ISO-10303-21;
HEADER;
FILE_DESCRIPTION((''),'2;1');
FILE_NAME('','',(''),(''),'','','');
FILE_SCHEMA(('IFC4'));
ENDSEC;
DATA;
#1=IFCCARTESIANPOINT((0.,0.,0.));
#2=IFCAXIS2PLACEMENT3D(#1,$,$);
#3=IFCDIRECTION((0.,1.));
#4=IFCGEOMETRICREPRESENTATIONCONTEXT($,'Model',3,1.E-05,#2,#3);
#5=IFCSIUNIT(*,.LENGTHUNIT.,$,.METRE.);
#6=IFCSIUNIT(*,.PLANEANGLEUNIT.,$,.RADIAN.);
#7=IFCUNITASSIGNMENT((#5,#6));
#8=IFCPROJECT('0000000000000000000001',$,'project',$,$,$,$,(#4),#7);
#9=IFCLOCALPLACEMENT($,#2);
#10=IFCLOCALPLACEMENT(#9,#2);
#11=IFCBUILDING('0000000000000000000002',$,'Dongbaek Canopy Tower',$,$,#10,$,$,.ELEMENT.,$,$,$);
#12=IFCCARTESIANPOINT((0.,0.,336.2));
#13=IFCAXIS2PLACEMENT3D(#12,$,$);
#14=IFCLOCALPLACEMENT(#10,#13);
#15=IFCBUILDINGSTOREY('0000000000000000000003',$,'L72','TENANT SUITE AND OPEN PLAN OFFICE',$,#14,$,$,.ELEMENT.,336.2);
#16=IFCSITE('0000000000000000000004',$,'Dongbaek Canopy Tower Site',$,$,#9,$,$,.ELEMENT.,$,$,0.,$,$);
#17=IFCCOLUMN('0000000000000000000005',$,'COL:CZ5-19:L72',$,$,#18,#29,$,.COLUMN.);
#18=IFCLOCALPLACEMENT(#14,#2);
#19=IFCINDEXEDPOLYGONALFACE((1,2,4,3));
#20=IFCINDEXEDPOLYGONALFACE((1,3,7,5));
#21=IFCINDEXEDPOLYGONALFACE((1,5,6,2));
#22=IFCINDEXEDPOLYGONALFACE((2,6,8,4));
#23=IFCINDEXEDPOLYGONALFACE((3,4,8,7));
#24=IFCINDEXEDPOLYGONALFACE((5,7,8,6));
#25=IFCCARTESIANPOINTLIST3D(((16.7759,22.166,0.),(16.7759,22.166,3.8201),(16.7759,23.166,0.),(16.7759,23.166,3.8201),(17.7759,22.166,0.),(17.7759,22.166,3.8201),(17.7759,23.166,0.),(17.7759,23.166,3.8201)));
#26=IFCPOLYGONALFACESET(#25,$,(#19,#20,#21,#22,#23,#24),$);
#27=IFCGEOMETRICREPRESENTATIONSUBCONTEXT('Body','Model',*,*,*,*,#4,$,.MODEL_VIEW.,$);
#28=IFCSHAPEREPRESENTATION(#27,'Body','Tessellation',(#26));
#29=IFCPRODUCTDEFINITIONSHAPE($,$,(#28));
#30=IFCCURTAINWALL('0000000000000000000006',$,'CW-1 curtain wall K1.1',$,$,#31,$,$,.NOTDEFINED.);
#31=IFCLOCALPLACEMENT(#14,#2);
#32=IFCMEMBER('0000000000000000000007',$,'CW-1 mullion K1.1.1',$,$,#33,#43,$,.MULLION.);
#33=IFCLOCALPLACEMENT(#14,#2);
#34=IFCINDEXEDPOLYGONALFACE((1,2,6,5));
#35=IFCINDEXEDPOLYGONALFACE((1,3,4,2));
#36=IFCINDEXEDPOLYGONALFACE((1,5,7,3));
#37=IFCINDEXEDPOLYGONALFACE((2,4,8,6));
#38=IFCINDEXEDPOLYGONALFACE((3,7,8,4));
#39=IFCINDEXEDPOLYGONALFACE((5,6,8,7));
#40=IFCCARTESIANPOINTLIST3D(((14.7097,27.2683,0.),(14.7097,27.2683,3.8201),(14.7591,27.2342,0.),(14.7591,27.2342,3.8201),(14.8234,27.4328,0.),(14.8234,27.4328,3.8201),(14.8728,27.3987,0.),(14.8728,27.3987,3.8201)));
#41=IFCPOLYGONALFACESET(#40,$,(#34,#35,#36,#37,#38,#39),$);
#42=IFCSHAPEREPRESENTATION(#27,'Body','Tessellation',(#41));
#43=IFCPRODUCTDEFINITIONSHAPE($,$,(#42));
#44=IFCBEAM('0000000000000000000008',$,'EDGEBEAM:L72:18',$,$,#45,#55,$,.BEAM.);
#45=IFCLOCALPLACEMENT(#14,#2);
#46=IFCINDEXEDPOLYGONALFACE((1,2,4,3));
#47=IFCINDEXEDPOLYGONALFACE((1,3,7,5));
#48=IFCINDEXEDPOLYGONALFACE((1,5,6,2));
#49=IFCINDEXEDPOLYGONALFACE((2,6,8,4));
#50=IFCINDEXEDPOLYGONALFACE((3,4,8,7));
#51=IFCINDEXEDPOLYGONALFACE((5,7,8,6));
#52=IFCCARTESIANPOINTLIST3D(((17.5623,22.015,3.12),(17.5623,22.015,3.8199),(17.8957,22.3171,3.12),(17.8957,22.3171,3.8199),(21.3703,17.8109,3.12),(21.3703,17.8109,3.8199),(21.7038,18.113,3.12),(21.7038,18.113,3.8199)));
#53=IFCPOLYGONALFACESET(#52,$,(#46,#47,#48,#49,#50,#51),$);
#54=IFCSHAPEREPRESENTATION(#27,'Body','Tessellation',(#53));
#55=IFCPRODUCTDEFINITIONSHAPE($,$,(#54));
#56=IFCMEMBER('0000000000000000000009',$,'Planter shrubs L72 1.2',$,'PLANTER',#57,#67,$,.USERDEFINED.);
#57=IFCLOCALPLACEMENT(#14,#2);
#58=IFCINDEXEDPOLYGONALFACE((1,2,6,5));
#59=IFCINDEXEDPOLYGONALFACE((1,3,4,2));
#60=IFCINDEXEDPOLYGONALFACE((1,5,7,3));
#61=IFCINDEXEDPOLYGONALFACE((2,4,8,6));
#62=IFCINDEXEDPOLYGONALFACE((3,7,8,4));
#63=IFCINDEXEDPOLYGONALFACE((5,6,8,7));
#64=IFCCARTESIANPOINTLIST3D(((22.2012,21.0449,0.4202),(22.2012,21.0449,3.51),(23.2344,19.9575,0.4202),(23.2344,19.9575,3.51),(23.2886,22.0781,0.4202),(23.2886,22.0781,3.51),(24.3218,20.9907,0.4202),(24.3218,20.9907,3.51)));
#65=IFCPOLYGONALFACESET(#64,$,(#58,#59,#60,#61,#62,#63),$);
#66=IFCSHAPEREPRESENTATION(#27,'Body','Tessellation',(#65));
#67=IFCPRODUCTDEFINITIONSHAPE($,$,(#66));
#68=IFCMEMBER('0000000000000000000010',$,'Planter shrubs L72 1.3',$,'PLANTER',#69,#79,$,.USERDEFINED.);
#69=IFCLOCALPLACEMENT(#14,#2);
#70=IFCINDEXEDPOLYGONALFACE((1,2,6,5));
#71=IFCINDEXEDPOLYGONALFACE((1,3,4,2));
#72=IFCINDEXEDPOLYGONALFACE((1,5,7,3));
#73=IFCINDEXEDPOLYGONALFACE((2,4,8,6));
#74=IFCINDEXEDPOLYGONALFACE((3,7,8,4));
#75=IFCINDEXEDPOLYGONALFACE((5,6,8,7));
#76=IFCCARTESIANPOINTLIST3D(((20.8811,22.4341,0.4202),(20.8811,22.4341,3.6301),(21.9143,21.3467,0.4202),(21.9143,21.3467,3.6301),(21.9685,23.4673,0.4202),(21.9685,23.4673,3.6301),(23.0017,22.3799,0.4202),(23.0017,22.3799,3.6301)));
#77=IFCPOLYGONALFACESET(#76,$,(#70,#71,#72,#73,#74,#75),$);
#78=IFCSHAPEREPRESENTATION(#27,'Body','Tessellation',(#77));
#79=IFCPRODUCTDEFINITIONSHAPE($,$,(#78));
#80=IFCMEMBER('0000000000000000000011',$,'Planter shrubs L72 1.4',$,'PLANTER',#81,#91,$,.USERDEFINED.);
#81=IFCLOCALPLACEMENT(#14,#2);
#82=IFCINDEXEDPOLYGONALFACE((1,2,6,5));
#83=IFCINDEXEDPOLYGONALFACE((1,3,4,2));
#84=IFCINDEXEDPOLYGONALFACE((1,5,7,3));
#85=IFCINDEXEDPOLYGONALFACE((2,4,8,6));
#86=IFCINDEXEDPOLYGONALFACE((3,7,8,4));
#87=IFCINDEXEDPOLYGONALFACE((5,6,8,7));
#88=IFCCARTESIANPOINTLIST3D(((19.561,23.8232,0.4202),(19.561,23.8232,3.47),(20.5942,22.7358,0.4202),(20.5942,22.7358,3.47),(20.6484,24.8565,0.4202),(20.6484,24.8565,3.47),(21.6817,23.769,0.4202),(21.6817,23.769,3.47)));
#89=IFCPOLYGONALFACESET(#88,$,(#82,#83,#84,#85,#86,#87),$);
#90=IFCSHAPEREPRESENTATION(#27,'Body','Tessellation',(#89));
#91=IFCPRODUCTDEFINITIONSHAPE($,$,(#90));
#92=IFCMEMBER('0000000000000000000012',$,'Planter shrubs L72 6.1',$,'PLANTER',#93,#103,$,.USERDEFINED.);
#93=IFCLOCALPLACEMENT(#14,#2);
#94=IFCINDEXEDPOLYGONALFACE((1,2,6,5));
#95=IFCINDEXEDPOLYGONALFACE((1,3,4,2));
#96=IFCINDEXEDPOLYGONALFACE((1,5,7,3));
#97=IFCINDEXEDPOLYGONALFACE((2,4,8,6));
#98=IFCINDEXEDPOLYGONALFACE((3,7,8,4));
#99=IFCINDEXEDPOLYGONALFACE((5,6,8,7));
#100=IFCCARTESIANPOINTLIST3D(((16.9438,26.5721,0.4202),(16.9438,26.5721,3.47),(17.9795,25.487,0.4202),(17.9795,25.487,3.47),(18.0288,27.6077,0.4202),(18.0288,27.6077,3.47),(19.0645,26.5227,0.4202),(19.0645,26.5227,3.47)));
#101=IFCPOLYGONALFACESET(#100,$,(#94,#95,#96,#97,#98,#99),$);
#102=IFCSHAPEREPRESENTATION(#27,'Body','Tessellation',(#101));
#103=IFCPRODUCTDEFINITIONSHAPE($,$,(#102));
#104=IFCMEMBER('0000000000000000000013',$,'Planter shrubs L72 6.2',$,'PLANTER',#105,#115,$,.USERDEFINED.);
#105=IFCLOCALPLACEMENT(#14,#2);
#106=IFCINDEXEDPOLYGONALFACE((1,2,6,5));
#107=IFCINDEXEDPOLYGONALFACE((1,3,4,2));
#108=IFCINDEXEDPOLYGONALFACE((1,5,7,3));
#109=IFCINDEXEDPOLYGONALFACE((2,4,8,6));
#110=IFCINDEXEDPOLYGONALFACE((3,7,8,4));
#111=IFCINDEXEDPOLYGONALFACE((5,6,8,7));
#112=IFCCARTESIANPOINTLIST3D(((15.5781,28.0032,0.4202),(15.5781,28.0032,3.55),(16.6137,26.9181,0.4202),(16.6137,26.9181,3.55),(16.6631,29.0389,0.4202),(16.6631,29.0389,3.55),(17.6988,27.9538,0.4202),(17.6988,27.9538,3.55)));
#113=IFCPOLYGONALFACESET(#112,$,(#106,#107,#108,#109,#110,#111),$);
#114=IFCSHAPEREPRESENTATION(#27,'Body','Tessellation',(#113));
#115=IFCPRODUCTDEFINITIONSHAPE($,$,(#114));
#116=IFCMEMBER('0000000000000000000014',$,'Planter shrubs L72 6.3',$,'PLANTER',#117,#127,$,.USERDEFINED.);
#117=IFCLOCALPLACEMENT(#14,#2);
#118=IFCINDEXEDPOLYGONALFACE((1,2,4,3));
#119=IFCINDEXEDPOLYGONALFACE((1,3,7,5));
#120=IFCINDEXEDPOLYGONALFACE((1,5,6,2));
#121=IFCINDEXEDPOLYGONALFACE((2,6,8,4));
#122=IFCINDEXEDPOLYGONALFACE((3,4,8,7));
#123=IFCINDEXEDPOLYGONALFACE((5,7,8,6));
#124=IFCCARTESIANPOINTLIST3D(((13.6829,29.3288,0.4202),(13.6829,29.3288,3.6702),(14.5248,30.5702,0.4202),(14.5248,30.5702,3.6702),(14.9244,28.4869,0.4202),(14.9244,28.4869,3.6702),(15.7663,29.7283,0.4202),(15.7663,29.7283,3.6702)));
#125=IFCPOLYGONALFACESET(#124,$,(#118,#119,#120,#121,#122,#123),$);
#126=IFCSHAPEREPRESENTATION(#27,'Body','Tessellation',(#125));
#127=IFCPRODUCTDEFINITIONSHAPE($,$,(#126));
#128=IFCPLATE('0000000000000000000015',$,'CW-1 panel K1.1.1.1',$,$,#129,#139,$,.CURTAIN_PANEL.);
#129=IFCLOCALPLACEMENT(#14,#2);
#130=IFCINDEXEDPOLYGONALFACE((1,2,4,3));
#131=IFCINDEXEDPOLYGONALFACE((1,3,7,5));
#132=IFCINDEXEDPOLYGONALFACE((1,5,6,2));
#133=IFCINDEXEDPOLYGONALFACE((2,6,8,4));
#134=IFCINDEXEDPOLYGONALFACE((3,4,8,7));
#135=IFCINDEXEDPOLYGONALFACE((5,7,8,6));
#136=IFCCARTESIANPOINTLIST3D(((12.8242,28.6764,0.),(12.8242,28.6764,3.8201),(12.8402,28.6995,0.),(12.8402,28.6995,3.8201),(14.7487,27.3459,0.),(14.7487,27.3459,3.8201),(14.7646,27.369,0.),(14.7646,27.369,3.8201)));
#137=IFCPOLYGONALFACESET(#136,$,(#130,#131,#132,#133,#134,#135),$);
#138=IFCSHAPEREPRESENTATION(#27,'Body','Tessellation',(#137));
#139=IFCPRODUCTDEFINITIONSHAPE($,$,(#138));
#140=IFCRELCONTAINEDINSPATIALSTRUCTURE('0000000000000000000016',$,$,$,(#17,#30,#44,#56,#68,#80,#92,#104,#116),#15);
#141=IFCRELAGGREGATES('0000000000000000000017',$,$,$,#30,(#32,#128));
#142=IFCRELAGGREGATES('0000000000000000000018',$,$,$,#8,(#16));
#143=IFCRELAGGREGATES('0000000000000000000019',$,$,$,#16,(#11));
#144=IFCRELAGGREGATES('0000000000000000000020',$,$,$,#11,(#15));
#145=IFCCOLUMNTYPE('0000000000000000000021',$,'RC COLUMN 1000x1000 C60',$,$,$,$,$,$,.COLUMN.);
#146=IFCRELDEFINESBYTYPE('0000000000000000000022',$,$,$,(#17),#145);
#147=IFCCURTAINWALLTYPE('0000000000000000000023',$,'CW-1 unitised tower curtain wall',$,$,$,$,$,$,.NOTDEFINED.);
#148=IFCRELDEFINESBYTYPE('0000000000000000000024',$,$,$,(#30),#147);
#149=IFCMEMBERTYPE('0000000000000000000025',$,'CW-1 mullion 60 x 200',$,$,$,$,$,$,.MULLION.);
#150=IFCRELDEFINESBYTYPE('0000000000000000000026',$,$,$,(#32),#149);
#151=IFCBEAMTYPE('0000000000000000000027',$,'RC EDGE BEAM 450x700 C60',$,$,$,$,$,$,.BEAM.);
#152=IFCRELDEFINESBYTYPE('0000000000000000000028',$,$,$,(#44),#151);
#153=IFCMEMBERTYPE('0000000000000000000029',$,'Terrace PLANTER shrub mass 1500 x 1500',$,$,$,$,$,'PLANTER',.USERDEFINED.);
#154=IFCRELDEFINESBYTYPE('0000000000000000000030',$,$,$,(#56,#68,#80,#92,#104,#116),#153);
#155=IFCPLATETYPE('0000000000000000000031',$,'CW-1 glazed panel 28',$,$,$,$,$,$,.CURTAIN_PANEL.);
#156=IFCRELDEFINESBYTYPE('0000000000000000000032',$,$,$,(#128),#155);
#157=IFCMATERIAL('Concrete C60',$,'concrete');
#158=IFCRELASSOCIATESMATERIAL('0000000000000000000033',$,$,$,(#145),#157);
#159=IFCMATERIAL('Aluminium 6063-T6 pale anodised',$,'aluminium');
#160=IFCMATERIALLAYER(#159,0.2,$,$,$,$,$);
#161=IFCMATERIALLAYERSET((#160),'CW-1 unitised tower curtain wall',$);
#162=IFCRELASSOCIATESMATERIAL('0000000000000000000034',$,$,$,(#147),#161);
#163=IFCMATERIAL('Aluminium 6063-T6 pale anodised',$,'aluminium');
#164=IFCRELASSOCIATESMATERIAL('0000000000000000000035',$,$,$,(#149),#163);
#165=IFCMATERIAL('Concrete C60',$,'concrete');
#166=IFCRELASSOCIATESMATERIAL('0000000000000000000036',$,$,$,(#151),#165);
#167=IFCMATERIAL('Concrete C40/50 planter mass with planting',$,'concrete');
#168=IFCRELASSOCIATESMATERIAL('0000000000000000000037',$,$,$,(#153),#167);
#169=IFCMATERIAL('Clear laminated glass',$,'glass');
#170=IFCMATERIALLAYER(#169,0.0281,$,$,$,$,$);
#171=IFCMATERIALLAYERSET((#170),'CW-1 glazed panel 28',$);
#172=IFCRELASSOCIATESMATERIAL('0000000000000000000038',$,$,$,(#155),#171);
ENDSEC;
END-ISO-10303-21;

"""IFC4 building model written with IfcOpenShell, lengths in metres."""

from ifc_helpers import new_model, si_unit, direction, frame, origin, origin_2d, place, context, subcontext, project, spatial, rectangle, extrude, material, layer, layer_set, material_profile, profile_set, type_object, element, aggregate, save


model = new_model("IFC4")

# Units and contexts
model_context = context("Model", 3, precision=1e-05, world=origin(), true_north=direction((0.0, 1.0)))
body_context = subcontext(model_context, "Body", "Model", "MODEL_VIEW")
ifc_project = project(units=[si_unit("LENGTHUNIT", "METRE"), si_unit("PLANEANGLEUNIT", "RADIAN")], contexts=[model_context])

# Site, building, storey
site_placement = place(None, origin())
site = spatial("IfcSite", under=ifc_project, at=site_placement, Name="Dongbaek Canopy Tower Site", CompositionType="ELEMENT", RefElevation=0.0)
building_placement = place(site_placement, origin())
building = spatial("IfcBuilding", under=site, at=building_placement, Name="Dongbaek Canopy Tower", CompositionType="ELEMENT")
storey_placement = place(building_placement, frame((0.0, 0.0, 336.2)))
storey = spatial("IfcBuildingStorey", under=building, at=storey_placement, Name="L72", Description="TENANT SUITE AND OPEN PLAN OFFICE", CompositionType="ELEMENT", Elevation=336.2)

# Column
ifc_material_1 = material(Name="Concrete C60", Category="concrete")
ifc_material_profile_1 = material_profile(ifc_material_1, rectangle(XDim=1.0, YDim=1.0, at=origin_2d()), Name="RC COLUMN 1000x1000 C60")
ifc_profile_set_1 = profile_set([ifc_material_profile_1], Name="Concrete C60")
column_type = type_object("IfcColumnType", Name="RC COLUMN 1000x1000 C60", PredefinedType="COLUMN", material=ifc_profile_set_1)
column_placement = place(storey_placement, frame((17.2759, 22.666, 0.0), z_axis=(0.0, 0.0, 1.0), x_axis=(1.0, 0.0, 0.0)))
element("IfcColumn", 1, at=column_placement, inside=storey, type_object=column_type, Name="COL:CZ5-19:L72", PredefinedType="COLUMN", context=body_context, shape_type="SweptSolid", body=[
    extrude(rectangle(XDim=1.0, YDim=1.0, at=origin_2d()), origin(), (0.0, 0.0, 1.0), 3.8201),
])

# Curtain wall, member
ifc_material_2 = material(Name="Aluminium 6063-T6 pale anodised", Category="aluminium")
ifc_layer_1 = layer(ifc_material_2, 0.2)
ifc_layer_set_1 = layer_set([ifc_layer_1], Name="CW-1 unitised tower curtain wall")
curtain_wall_type = type_object("IfcCurtainWallType", Name="CW-1 unitised tower curtain wall", PredefinedType="NOTDEFINED", material=ifc_layer_set_1)
curtain_wall_placement = place(storey_placement, origin())
curtain_wall = element("IfcCurtainWall", 2, at=curtain_wall_placement, inside=storey, type_object=curtain_wall_type, Name="CW-1 curtain wall K1.1", PredefinedType="NOTDEFINED")
ifc_material_3 = material(Name="Aluminium 6063-T6 pale anodised", Category="aluminium")
ifc_material_profile_2 = material_profile(ifc_material_3, rectangle(XDim=0.2, YDim=0.0601, at=origin_2d()), Name="CW-1 mullion 60 x 200")
ifc_profile_set_2 = profile_set([ifc_material_profile_2], Name="Aluminium 6063-T6 pale anodised")
member_type_1 = type_object("IfcMemberType", Name="CW-1 mullion 60 x 200", PredefinedType="MULLION", material=ifc_profile_set_2)
member_1_placement = place(storey_placement, frame((14.7913, 27.3335, 0.0), z_axis=(0.0, 0.0, 1.0), x_axis=(0.568695, 0.822548, 0.0)))
member_1 = element("IfcMember", 3, at=member_1_placement, type_object=member_type_1, Name="CW-1 mullion K1.1.1", PredefinedType="MULLION", context=body_context, shape_type="SweptSolid", body=[
    extrude(rectangle(XDim=0.2, YDim=0.0601, at=origin_2d()), origin(), (0.0, 0.0, 1.0), 3.8201),
])

# Beam
ifc_material_4 = material(Name="Concrete C60", Category="concrete")
ifc_material_profile_3 = material_profile(ifc_material_4, rectangle(XDim=0.45, YDim=0.7, at=origin_2d()), Name="RC EDGE BEAM 450x700 C60")
ifc_profile_set_3 = profile_set([ifc_material_profile_3], Name="Concrete C60")
beam_type = type_object("IfcBeamType", Name="RC EDGE BEAM 450x700 C60", PredefinedType="BEAM", material=ifc_profile_set_3)
beam_placement = place(storey_placement, frame((17.729, 22.166, 3.47), z_axis=(0.671339, -0.74115, 0.0), x_axis=(0.74115, 0.671339, 0.0)))
element("IfcBeam", 4, at=beam_placement, inside=storey, type_object=beam_type, Name="EDGEBEAM:L72:18", PredefinedType="BEAM", context=body_context, shape_type="SweptSolid", body=[
    extrude(rectangle(XDim=0.45, YDim=0.7, at=origin_2d()), origin(), (0.0, 0.0, 1.0), 5.6724),
])

# Members
ifc_material_5 = material(Name="Concrete C40/50 planter mass with planting", Category="concrete")
ifc_material_profile_4 = material_profile(ifc_material_5, rectangle(XDim=1.5, YDim=1.5, at=origin_2d()), Name="Terrace PLANTER shrub mass 1500 x 1500")
ifc_profile_set_4 = profile_set([ifc_material_profile_4], Name="Concrete C40/50 planter mass with planting")
member_type_2 = type_object("IfcMemberType", Name="Terrace PLANTER shrub mass 1500 x 1500", ElementType="PLANTER", PredefinedType="USERDEFINED", material=ifc_profile_set_4)
member_2_placement = place(storey_placement, frame((23.2615, 21.0178, 0.4202), z_axis=(0.0, 0.0, 1.0), x_axis=(0.72494, 0.688812, 0.0)))
element("IfcMember", 5, at=member_2_placement, inside=storey, type_object=member_type_2, Name="Planter shrubs L72 1.2", ObjectType="PLANTER", PredefinedType="USERDEFINED", context=body_context, shape_type="SweptSolid", body=[
    extrude(rectangle(XDim=1.5, YDim=1.5, at=origin_2d()), origin(), (0.0, 0.0, 1.0), 3.0898),
])
member_3_placement = place(storey_placement, frame((21.9414, 22.407, 0.4202), z_axis=(0.0, 0.0, 1.0), x_axis=(0.72494, 0.688812, 0.0)))
element("IfcMember", 6, at=member_3_placement, inside=storey, type_object=member_type_2, Name="Planter shrubs L72 1.3", ObjectType="PLANTER", PredefinedType="USERDEFINED", context=body_context, shape_type="SweptSolid", body=[
    extrude(rectangle(XDim=1.5, YDim=1.5, at=origin_2d()), origin(), (0.0, 0.0, 1.0), 3.21),
])
for number, where, z_axis, x_axis, name in (
    (7, (20.6213, 23.7961, 0.4202), (0.0, 0.0, 1.0), (0.72494, 0.688812, 0.0), "Planter shrubs L72 1.4"),
    (8, (18.0042, 26.5474, 0.4202), (0.0, 0.0, 1.0), (0.723378, 0.690452, 0.0), "Planter shrubs L72 6.1"),
):
    element("IfcMember", number, at=place(storey_placement, frame(where, z_axis=z_axis, x_axis=x_axis)), inside=storey, type_object=member_type_2, Name=name, ObjectType="PLANTER", PredefinedType="USERDEFINED", context=body_context, shape_type="SweptSolid", body=[
        extrude(rectangle(XDim=1.5, YDim=1.5, at=origin_2d()), origin(), (0.0, 0.0, 1.0), 3.0498),
    ])
member_4_placement = place(storey_placement, frame((16.6384, 27.9785, 0.4202), z_axis=(0.0, 0.0, 1.0), x_axis=(0.723378, 0.690452, 0.0)))
element("IfcMember", 9, at=member_4_placement, inside=storey, type_object=member_type_2, Name="Planter shrubs L72 6.2", ObjectType="PLANTER", PredefinedType="USERDEFINED", context=body_context, shape_type="SweptSolid", body=[
    extrude(rectangle(XDim=1.5, YDim=1.5, at=origin_2d()), origin(), (0.0, 0.0, 1.0), 3.1299),
])
member_5_placement = place(storey_placement, frame((14.7246, 29.5286, 0.4202), z_axis=(0.0, 0.0, 1.0), x_axis=(0.561266, 0.827636, 0.0)))
element("IfcMember", 10, at=member_5_placement, inside=storey, type_object=member_type_2, Name="Planter shrubs L72 6.3", ObjectType="PLANTER", PredefinedType="USERDEFINED", context=body_context, shape_type="SweptSolid", body=[
    extrude(rectangle(XDim=1.5, YDim=1.5, at=origin_2d()), origin(), (0.0, 0.0, 1.0), 3.25),
])

# Plate
ifc_material_6 = material(Name="Clear laminated glass", Category="glass")
ifc_layer_2 = layer(ifc_material_6, 0.0281)
ifc_layer_set_2 = layer_set([ifc_layer_2], Name="CW-1 glazed panel 28")
plate_type = type_object("IfcPlateType", Name="CW-1 glazed panel 28", PredefinedType="CURTAIN_PANEL", material=ifc_layer_set_2)
plate_placement = place(storey_placement, frame((13.7944, 28.0227, 0.0), z_axis=(0.0, 0.0, 1.0), x_axis=(-0.822548, 0.568695, 0.0)))
plate = element("IfcPlate", 11, at=plate_placement, type_object=plate_type, Name="CW-1 panel K1.1.1.1", PredefinedType="CURTAIN_PANEL", context=body_context, shape_type="SweptSolid", body=[
    extrude(rectangle(XDim=2.3396, YDim=0.0281, at=origin_2d()), origin(), (0.0, 0.0, 1.0), 3.8201),
])
aggregate(curtain_wall, [member_1, plate])

save(model, "model.ifc")
